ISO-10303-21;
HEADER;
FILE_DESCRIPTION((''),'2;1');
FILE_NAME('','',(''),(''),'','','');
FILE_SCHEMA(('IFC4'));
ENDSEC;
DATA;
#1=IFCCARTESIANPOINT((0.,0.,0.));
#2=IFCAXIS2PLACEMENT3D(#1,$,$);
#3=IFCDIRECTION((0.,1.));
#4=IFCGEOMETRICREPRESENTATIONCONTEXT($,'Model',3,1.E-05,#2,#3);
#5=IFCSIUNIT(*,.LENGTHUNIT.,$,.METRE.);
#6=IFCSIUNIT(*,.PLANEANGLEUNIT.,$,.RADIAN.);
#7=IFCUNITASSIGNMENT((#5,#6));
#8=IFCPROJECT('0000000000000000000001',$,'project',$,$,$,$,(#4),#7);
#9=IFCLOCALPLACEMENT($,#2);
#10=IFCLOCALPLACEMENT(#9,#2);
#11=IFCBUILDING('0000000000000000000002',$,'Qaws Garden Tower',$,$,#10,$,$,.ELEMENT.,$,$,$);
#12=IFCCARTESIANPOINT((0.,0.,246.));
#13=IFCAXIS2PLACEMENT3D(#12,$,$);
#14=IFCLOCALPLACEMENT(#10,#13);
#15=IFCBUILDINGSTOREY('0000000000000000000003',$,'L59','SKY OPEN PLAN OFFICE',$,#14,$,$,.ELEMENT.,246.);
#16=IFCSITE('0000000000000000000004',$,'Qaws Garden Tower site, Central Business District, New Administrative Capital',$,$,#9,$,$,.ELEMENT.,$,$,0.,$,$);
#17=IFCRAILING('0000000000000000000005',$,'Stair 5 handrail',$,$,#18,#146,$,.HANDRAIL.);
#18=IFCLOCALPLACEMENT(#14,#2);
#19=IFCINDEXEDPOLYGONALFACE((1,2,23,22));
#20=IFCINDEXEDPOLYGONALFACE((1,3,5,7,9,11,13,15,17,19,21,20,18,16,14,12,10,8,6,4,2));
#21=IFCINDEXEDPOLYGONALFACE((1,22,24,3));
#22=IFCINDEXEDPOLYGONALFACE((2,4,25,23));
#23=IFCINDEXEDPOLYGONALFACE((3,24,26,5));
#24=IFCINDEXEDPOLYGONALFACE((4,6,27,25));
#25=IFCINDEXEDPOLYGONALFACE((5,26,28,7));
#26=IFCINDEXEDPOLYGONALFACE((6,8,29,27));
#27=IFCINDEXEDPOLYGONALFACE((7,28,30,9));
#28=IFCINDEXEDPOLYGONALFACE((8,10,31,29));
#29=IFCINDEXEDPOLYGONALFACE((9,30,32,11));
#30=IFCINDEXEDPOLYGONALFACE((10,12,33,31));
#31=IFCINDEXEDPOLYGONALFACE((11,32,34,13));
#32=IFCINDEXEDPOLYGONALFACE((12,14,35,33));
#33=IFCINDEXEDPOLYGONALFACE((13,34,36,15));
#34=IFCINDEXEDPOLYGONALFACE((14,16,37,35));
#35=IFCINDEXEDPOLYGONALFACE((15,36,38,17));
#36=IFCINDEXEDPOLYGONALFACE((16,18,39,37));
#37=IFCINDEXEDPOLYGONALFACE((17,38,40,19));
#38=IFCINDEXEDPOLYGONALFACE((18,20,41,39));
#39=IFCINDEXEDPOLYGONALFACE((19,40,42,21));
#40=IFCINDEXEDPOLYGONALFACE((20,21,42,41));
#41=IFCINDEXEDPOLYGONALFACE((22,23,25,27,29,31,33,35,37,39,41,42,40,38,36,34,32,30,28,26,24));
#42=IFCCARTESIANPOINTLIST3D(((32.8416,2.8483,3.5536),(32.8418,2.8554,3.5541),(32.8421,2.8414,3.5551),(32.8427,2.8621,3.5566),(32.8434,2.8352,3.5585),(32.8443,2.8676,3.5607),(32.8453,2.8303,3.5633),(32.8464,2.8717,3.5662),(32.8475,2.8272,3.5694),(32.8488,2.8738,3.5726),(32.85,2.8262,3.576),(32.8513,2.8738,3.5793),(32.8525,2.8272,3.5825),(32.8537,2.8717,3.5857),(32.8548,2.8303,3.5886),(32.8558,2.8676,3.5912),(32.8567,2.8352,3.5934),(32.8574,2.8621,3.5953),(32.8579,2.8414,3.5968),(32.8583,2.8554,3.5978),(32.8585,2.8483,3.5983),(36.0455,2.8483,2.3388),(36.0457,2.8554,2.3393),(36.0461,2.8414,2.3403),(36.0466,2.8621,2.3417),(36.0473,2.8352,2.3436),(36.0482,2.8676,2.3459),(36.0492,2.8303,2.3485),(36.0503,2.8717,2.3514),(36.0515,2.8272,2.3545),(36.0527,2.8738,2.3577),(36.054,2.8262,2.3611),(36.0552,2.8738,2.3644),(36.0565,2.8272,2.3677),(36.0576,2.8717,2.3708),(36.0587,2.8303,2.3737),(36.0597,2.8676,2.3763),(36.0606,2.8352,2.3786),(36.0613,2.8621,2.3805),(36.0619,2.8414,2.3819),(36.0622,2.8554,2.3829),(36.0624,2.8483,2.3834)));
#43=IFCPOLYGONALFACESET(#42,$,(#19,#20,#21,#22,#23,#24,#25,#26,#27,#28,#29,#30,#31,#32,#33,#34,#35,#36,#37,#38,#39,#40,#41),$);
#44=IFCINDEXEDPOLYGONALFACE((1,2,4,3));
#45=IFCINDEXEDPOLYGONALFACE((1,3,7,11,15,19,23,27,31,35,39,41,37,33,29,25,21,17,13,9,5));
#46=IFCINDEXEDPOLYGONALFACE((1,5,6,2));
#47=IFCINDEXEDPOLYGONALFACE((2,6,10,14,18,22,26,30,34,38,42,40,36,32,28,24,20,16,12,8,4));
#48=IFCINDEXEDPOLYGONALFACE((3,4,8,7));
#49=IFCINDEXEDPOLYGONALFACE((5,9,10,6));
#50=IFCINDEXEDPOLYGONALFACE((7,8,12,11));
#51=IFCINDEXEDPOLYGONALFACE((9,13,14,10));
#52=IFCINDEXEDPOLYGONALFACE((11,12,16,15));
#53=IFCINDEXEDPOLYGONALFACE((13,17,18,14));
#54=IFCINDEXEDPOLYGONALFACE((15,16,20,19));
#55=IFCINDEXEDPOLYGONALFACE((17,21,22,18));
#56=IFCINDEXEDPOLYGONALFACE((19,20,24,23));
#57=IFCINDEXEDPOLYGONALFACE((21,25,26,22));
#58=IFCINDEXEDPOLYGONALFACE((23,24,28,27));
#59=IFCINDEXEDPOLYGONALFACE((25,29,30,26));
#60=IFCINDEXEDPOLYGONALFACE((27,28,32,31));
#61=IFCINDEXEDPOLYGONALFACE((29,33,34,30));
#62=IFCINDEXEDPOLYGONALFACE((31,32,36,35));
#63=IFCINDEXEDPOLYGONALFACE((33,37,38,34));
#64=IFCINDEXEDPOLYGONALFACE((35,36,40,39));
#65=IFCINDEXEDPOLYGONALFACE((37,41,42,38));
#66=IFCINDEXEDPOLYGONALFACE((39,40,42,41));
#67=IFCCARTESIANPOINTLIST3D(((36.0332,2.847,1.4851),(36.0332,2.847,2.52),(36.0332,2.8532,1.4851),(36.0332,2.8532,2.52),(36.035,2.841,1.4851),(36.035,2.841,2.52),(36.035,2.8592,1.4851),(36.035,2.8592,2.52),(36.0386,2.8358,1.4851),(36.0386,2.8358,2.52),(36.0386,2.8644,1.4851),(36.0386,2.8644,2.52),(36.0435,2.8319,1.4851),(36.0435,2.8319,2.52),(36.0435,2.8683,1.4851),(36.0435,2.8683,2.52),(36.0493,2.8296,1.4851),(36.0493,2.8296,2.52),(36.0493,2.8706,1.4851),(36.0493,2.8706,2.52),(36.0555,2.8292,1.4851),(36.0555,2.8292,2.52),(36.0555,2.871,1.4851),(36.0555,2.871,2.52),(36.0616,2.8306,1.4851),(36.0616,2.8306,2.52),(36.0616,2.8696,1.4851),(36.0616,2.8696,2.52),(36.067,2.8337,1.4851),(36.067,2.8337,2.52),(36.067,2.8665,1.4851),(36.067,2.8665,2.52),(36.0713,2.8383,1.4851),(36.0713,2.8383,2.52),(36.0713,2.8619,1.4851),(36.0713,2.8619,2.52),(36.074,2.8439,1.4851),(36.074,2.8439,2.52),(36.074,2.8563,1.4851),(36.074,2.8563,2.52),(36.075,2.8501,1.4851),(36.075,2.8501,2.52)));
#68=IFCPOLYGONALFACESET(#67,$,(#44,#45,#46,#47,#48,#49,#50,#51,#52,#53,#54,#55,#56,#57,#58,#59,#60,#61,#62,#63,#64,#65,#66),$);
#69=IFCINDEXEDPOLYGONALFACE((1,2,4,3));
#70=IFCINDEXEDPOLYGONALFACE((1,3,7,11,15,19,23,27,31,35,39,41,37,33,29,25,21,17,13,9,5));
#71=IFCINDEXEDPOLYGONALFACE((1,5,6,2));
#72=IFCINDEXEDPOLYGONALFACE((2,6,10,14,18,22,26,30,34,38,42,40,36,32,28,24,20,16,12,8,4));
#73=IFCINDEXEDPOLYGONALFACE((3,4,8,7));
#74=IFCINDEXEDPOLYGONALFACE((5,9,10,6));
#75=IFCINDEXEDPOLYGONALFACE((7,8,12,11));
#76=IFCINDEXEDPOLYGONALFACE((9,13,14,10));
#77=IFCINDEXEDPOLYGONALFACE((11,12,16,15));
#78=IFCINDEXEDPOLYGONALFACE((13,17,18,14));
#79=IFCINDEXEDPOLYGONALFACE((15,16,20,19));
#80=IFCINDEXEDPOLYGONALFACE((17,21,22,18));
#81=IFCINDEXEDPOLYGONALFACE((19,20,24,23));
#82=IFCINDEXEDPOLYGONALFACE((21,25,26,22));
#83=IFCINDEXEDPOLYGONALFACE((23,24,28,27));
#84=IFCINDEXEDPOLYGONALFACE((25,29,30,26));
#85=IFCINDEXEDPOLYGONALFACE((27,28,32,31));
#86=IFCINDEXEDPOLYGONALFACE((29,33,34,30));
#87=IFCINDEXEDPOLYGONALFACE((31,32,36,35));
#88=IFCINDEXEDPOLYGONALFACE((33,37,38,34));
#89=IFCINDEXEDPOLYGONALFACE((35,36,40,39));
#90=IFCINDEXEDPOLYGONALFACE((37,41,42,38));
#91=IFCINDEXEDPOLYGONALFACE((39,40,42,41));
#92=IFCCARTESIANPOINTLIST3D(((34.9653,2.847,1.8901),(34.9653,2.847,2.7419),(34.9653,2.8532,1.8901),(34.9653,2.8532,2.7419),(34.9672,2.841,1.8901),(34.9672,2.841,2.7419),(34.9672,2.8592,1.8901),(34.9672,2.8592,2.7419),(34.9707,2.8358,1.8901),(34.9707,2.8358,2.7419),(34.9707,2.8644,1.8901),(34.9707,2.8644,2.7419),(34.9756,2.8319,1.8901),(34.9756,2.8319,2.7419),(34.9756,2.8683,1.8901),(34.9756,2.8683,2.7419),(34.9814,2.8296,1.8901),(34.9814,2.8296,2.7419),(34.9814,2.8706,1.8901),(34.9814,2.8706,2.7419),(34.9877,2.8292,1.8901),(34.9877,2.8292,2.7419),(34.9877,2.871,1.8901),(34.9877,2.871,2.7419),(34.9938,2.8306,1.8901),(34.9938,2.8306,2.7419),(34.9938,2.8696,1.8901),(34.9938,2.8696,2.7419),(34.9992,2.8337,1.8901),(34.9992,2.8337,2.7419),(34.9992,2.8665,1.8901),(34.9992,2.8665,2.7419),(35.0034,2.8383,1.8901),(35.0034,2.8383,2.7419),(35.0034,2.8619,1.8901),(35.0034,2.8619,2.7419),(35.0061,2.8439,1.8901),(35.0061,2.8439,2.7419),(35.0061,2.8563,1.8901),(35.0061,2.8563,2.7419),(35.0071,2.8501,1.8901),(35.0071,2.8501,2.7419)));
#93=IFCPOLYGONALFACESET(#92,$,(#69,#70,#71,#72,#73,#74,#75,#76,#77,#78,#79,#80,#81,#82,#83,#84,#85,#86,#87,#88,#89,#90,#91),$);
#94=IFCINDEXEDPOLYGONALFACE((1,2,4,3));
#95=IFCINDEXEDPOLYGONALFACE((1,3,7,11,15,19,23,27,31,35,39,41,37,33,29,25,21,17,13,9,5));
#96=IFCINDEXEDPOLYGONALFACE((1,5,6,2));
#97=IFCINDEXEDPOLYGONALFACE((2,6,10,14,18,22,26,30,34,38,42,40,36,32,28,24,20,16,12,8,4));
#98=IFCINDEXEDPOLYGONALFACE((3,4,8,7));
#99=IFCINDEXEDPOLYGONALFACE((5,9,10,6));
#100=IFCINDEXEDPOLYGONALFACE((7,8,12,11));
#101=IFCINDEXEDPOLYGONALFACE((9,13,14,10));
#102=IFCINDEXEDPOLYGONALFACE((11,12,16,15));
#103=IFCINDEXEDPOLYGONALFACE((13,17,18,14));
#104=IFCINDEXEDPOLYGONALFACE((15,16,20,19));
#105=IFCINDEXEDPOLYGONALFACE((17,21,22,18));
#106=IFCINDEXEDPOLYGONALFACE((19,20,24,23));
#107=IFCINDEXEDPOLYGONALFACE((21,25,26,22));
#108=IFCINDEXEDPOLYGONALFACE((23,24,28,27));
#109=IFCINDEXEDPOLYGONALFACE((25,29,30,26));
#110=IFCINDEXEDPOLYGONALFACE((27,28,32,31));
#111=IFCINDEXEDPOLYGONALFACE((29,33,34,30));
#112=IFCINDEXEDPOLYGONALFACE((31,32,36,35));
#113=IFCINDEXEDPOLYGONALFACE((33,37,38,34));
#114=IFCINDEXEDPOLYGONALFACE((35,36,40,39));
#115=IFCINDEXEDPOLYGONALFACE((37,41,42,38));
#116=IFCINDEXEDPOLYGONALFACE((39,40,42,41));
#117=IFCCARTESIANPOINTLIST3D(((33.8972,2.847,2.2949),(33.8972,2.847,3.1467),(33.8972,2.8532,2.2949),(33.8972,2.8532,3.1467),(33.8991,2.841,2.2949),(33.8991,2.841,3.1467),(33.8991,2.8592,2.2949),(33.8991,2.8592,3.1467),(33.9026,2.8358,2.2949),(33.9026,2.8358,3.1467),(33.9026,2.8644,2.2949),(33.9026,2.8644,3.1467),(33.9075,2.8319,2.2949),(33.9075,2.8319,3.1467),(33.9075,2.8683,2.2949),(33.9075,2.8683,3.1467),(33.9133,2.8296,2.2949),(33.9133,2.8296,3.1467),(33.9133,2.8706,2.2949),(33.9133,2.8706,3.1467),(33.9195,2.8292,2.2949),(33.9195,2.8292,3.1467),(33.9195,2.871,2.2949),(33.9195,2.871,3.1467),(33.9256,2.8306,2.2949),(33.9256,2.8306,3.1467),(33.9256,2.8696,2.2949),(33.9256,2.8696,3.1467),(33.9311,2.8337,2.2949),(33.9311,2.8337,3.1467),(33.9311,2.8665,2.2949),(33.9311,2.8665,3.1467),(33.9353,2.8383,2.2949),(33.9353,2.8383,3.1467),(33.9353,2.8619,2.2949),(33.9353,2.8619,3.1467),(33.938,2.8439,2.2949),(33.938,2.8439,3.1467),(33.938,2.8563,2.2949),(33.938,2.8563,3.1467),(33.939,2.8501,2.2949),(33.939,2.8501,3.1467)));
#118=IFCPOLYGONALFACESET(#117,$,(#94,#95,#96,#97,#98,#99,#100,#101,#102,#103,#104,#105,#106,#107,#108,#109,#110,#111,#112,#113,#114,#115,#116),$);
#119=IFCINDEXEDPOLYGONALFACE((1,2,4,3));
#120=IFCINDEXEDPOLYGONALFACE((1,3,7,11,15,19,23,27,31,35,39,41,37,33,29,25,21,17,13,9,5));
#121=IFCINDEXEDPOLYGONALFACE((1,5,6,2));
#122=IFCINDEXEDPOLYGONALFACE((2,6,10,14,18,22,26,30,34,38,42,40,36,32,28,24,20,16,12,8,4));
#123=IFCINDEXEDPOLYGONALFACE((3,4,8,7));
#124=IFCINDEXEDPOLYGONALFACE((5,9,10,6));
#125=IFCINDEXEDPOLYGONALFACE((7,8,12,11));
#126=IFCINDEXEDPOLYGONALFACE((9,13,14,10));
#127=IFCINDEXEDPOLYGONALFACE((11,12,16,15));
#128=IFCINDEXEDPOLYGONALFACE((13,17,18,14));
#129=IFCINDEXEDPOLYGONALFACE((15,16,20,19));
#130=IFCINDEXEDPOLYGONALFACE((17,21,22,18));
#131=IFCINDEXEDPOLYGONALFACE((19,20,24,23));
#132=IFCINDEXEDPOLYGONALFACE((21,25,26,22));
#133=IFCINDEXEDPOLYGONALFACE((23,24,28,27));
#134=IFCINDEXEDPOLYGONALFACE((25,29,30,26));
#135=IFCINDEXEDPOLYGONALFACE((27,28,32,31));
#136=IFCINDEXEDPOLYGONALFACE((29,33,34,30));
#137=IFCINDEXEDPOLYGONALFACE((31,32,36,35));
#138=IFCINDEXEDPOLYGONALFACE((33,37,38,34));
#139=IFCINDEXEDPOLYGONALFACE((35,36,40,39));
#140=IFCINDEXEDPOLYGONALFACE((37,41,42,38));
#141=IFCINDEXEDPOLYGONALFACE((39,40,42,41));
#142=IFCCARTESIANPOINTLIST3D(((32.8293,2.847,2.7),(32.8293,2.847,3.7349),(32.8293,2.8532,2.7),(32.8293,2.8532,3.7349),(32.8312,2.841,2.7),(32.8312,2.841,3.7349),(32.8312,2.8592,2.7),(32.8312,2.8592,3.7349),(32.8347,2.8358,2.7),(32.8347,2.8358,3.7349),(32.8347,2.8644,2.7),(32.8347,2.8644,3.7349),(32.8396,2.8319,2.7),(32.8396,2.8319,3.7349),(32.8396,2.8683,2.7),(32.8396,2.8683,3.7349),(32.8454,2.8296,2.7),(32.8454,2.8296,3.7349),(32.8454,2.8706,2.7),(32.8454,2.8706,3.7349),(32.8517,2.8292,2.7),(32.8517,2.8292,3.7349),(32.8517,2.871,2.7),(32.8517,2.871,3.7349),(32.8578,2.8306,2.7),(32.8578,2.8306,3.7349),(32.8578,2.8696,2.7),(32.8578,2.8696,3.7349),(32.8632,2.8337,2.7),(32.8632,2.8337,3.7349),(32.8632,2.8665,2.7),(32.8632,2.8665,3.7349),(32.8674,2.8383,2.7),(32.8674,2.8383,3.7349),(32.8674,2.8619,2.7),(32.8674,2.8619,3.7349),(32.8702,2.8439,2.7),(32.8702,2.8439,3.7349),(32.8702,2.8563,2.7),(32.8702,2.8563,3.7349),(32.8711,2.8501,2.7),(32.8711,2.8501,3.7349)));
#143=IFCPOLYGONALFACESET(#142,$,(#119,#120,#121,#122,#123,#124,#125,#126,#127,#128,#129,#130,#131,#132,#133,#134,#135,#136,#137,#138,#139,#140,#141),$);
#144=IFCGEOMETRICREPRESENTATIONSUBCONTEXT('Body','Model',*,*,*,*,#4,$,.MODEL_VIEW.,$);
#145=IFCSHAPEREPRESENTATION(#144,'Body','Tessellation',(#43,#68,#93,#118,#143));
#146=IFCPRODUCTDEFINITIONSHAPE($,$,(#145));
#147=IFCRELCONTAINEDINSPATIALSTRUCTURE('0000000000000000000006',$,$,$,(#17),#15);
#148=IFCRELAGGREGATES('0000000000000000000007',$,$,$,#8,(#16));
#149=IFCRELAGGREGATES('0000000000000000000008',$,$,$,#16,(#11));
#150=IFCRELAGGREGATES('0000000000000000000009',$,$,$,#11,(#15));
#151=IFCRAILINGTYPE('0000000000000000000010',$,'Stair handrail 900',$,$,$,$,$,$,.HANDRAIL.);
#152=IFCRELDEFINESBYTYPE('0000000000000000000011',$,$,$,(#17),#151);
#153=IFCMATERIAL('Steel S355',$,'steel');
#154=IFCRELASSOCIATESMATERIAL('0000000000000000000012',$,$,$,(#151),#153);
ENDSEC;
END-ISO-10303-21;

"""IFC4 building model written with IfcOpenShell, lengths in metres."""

from ifc_helpers import new_model, si_unit, direction, frame, origin, origin_2d, place, context, subcontext, project, spatial, circle, extrude, material, type_object, element, save


model = new_model("IFC4")

# Units and contexts
model_context = context("Model", 3, precision=1e-05, world=origin(), true_north=direction((0.0, 1.0)))
body_context = subcontext(model_context, "Body", "Model", "MODEL_VIEW")
ifc_project = project(units=[si_unit("LENGTHUNIT", "METRE"), si_unit("PLANEANGLEUNIT", "RADIAN")], contexts=[model_context])

# Site, building, storey
site_placement = place(None, origin())
site = spatial("IfcSite", under=ifc_project, at=site_placement, Name="Qaws Garden Tower site, Central Business District, New Administrative Capital", CompositionType="ELEMENT", RefElevation=0.0)
building_placement = place(site_placement, origin())
building = spatial("IfcBuilding", under=site, at=building_placement, Name="Qaws Garden Tower", CompositionType="ELEMENT")
storey_placement = place(building_placement, frame((0.0, 0.0, 246.0)))
storey = spatial("IfcBuildingStorey", under=building, at=storey_placement, Name="L59", Description="SKY OPEN PLAN OFFICE", CompositionType="ELEMENT", Elevation=246.0)

# Railing
ifc_material_1 = material(Name="Steel S355", Category="steel")
railing_type = type_object("IfcRailingType", Name="Stair handrail 900", PredefinedType="HANDRAIL", material=ifc_material_1)
for number, where, name in (
    (1, (36.054, 2.8501, 1.4851), "Stair 5 handrail"),
):
    element("IfcRailing", number, at=place(storey_placement, frame(where)), inside=storey, type_object=railing_type, Name=name, PredefinedType="HANDRAIL", context=body_context, shape_type="SweptSolid", body=[
        extrude(circle(Radius=0.0239, at=origin_2d()), frame((0.0, 0.0, 0.876), z_axis=(-0.935037, 0.0, 0.354549), x_axis=(0.0, -1.0, 0.0)), (0.0, 0.0, 1.0), 3.4265),
        extrude(circle(Radius=0.021, at=origin_2d()), origin(), (0.0, 0.0, 1.0), 1.0349),
        extrude(circle(Radius=0.021, at=origin_2d()), frame((-1.0679, 0.0, 0.405)), (0.0, 0.0, 1.0), 0.8518),
        extrude(circle(Radius=0.021, at=origin_2d()), frame((-2.136, 0.0, 0.8098)), (0.0, 0.0, 1.0), 0.8518),
        extrude(circle(Radius=0.021, at=origin_2d()), frame((-3.2039, 0.0, 1.2148)), (0.0, 0.0, 1.0), 1.0349),
    ])

save(model, "model.ifc")
